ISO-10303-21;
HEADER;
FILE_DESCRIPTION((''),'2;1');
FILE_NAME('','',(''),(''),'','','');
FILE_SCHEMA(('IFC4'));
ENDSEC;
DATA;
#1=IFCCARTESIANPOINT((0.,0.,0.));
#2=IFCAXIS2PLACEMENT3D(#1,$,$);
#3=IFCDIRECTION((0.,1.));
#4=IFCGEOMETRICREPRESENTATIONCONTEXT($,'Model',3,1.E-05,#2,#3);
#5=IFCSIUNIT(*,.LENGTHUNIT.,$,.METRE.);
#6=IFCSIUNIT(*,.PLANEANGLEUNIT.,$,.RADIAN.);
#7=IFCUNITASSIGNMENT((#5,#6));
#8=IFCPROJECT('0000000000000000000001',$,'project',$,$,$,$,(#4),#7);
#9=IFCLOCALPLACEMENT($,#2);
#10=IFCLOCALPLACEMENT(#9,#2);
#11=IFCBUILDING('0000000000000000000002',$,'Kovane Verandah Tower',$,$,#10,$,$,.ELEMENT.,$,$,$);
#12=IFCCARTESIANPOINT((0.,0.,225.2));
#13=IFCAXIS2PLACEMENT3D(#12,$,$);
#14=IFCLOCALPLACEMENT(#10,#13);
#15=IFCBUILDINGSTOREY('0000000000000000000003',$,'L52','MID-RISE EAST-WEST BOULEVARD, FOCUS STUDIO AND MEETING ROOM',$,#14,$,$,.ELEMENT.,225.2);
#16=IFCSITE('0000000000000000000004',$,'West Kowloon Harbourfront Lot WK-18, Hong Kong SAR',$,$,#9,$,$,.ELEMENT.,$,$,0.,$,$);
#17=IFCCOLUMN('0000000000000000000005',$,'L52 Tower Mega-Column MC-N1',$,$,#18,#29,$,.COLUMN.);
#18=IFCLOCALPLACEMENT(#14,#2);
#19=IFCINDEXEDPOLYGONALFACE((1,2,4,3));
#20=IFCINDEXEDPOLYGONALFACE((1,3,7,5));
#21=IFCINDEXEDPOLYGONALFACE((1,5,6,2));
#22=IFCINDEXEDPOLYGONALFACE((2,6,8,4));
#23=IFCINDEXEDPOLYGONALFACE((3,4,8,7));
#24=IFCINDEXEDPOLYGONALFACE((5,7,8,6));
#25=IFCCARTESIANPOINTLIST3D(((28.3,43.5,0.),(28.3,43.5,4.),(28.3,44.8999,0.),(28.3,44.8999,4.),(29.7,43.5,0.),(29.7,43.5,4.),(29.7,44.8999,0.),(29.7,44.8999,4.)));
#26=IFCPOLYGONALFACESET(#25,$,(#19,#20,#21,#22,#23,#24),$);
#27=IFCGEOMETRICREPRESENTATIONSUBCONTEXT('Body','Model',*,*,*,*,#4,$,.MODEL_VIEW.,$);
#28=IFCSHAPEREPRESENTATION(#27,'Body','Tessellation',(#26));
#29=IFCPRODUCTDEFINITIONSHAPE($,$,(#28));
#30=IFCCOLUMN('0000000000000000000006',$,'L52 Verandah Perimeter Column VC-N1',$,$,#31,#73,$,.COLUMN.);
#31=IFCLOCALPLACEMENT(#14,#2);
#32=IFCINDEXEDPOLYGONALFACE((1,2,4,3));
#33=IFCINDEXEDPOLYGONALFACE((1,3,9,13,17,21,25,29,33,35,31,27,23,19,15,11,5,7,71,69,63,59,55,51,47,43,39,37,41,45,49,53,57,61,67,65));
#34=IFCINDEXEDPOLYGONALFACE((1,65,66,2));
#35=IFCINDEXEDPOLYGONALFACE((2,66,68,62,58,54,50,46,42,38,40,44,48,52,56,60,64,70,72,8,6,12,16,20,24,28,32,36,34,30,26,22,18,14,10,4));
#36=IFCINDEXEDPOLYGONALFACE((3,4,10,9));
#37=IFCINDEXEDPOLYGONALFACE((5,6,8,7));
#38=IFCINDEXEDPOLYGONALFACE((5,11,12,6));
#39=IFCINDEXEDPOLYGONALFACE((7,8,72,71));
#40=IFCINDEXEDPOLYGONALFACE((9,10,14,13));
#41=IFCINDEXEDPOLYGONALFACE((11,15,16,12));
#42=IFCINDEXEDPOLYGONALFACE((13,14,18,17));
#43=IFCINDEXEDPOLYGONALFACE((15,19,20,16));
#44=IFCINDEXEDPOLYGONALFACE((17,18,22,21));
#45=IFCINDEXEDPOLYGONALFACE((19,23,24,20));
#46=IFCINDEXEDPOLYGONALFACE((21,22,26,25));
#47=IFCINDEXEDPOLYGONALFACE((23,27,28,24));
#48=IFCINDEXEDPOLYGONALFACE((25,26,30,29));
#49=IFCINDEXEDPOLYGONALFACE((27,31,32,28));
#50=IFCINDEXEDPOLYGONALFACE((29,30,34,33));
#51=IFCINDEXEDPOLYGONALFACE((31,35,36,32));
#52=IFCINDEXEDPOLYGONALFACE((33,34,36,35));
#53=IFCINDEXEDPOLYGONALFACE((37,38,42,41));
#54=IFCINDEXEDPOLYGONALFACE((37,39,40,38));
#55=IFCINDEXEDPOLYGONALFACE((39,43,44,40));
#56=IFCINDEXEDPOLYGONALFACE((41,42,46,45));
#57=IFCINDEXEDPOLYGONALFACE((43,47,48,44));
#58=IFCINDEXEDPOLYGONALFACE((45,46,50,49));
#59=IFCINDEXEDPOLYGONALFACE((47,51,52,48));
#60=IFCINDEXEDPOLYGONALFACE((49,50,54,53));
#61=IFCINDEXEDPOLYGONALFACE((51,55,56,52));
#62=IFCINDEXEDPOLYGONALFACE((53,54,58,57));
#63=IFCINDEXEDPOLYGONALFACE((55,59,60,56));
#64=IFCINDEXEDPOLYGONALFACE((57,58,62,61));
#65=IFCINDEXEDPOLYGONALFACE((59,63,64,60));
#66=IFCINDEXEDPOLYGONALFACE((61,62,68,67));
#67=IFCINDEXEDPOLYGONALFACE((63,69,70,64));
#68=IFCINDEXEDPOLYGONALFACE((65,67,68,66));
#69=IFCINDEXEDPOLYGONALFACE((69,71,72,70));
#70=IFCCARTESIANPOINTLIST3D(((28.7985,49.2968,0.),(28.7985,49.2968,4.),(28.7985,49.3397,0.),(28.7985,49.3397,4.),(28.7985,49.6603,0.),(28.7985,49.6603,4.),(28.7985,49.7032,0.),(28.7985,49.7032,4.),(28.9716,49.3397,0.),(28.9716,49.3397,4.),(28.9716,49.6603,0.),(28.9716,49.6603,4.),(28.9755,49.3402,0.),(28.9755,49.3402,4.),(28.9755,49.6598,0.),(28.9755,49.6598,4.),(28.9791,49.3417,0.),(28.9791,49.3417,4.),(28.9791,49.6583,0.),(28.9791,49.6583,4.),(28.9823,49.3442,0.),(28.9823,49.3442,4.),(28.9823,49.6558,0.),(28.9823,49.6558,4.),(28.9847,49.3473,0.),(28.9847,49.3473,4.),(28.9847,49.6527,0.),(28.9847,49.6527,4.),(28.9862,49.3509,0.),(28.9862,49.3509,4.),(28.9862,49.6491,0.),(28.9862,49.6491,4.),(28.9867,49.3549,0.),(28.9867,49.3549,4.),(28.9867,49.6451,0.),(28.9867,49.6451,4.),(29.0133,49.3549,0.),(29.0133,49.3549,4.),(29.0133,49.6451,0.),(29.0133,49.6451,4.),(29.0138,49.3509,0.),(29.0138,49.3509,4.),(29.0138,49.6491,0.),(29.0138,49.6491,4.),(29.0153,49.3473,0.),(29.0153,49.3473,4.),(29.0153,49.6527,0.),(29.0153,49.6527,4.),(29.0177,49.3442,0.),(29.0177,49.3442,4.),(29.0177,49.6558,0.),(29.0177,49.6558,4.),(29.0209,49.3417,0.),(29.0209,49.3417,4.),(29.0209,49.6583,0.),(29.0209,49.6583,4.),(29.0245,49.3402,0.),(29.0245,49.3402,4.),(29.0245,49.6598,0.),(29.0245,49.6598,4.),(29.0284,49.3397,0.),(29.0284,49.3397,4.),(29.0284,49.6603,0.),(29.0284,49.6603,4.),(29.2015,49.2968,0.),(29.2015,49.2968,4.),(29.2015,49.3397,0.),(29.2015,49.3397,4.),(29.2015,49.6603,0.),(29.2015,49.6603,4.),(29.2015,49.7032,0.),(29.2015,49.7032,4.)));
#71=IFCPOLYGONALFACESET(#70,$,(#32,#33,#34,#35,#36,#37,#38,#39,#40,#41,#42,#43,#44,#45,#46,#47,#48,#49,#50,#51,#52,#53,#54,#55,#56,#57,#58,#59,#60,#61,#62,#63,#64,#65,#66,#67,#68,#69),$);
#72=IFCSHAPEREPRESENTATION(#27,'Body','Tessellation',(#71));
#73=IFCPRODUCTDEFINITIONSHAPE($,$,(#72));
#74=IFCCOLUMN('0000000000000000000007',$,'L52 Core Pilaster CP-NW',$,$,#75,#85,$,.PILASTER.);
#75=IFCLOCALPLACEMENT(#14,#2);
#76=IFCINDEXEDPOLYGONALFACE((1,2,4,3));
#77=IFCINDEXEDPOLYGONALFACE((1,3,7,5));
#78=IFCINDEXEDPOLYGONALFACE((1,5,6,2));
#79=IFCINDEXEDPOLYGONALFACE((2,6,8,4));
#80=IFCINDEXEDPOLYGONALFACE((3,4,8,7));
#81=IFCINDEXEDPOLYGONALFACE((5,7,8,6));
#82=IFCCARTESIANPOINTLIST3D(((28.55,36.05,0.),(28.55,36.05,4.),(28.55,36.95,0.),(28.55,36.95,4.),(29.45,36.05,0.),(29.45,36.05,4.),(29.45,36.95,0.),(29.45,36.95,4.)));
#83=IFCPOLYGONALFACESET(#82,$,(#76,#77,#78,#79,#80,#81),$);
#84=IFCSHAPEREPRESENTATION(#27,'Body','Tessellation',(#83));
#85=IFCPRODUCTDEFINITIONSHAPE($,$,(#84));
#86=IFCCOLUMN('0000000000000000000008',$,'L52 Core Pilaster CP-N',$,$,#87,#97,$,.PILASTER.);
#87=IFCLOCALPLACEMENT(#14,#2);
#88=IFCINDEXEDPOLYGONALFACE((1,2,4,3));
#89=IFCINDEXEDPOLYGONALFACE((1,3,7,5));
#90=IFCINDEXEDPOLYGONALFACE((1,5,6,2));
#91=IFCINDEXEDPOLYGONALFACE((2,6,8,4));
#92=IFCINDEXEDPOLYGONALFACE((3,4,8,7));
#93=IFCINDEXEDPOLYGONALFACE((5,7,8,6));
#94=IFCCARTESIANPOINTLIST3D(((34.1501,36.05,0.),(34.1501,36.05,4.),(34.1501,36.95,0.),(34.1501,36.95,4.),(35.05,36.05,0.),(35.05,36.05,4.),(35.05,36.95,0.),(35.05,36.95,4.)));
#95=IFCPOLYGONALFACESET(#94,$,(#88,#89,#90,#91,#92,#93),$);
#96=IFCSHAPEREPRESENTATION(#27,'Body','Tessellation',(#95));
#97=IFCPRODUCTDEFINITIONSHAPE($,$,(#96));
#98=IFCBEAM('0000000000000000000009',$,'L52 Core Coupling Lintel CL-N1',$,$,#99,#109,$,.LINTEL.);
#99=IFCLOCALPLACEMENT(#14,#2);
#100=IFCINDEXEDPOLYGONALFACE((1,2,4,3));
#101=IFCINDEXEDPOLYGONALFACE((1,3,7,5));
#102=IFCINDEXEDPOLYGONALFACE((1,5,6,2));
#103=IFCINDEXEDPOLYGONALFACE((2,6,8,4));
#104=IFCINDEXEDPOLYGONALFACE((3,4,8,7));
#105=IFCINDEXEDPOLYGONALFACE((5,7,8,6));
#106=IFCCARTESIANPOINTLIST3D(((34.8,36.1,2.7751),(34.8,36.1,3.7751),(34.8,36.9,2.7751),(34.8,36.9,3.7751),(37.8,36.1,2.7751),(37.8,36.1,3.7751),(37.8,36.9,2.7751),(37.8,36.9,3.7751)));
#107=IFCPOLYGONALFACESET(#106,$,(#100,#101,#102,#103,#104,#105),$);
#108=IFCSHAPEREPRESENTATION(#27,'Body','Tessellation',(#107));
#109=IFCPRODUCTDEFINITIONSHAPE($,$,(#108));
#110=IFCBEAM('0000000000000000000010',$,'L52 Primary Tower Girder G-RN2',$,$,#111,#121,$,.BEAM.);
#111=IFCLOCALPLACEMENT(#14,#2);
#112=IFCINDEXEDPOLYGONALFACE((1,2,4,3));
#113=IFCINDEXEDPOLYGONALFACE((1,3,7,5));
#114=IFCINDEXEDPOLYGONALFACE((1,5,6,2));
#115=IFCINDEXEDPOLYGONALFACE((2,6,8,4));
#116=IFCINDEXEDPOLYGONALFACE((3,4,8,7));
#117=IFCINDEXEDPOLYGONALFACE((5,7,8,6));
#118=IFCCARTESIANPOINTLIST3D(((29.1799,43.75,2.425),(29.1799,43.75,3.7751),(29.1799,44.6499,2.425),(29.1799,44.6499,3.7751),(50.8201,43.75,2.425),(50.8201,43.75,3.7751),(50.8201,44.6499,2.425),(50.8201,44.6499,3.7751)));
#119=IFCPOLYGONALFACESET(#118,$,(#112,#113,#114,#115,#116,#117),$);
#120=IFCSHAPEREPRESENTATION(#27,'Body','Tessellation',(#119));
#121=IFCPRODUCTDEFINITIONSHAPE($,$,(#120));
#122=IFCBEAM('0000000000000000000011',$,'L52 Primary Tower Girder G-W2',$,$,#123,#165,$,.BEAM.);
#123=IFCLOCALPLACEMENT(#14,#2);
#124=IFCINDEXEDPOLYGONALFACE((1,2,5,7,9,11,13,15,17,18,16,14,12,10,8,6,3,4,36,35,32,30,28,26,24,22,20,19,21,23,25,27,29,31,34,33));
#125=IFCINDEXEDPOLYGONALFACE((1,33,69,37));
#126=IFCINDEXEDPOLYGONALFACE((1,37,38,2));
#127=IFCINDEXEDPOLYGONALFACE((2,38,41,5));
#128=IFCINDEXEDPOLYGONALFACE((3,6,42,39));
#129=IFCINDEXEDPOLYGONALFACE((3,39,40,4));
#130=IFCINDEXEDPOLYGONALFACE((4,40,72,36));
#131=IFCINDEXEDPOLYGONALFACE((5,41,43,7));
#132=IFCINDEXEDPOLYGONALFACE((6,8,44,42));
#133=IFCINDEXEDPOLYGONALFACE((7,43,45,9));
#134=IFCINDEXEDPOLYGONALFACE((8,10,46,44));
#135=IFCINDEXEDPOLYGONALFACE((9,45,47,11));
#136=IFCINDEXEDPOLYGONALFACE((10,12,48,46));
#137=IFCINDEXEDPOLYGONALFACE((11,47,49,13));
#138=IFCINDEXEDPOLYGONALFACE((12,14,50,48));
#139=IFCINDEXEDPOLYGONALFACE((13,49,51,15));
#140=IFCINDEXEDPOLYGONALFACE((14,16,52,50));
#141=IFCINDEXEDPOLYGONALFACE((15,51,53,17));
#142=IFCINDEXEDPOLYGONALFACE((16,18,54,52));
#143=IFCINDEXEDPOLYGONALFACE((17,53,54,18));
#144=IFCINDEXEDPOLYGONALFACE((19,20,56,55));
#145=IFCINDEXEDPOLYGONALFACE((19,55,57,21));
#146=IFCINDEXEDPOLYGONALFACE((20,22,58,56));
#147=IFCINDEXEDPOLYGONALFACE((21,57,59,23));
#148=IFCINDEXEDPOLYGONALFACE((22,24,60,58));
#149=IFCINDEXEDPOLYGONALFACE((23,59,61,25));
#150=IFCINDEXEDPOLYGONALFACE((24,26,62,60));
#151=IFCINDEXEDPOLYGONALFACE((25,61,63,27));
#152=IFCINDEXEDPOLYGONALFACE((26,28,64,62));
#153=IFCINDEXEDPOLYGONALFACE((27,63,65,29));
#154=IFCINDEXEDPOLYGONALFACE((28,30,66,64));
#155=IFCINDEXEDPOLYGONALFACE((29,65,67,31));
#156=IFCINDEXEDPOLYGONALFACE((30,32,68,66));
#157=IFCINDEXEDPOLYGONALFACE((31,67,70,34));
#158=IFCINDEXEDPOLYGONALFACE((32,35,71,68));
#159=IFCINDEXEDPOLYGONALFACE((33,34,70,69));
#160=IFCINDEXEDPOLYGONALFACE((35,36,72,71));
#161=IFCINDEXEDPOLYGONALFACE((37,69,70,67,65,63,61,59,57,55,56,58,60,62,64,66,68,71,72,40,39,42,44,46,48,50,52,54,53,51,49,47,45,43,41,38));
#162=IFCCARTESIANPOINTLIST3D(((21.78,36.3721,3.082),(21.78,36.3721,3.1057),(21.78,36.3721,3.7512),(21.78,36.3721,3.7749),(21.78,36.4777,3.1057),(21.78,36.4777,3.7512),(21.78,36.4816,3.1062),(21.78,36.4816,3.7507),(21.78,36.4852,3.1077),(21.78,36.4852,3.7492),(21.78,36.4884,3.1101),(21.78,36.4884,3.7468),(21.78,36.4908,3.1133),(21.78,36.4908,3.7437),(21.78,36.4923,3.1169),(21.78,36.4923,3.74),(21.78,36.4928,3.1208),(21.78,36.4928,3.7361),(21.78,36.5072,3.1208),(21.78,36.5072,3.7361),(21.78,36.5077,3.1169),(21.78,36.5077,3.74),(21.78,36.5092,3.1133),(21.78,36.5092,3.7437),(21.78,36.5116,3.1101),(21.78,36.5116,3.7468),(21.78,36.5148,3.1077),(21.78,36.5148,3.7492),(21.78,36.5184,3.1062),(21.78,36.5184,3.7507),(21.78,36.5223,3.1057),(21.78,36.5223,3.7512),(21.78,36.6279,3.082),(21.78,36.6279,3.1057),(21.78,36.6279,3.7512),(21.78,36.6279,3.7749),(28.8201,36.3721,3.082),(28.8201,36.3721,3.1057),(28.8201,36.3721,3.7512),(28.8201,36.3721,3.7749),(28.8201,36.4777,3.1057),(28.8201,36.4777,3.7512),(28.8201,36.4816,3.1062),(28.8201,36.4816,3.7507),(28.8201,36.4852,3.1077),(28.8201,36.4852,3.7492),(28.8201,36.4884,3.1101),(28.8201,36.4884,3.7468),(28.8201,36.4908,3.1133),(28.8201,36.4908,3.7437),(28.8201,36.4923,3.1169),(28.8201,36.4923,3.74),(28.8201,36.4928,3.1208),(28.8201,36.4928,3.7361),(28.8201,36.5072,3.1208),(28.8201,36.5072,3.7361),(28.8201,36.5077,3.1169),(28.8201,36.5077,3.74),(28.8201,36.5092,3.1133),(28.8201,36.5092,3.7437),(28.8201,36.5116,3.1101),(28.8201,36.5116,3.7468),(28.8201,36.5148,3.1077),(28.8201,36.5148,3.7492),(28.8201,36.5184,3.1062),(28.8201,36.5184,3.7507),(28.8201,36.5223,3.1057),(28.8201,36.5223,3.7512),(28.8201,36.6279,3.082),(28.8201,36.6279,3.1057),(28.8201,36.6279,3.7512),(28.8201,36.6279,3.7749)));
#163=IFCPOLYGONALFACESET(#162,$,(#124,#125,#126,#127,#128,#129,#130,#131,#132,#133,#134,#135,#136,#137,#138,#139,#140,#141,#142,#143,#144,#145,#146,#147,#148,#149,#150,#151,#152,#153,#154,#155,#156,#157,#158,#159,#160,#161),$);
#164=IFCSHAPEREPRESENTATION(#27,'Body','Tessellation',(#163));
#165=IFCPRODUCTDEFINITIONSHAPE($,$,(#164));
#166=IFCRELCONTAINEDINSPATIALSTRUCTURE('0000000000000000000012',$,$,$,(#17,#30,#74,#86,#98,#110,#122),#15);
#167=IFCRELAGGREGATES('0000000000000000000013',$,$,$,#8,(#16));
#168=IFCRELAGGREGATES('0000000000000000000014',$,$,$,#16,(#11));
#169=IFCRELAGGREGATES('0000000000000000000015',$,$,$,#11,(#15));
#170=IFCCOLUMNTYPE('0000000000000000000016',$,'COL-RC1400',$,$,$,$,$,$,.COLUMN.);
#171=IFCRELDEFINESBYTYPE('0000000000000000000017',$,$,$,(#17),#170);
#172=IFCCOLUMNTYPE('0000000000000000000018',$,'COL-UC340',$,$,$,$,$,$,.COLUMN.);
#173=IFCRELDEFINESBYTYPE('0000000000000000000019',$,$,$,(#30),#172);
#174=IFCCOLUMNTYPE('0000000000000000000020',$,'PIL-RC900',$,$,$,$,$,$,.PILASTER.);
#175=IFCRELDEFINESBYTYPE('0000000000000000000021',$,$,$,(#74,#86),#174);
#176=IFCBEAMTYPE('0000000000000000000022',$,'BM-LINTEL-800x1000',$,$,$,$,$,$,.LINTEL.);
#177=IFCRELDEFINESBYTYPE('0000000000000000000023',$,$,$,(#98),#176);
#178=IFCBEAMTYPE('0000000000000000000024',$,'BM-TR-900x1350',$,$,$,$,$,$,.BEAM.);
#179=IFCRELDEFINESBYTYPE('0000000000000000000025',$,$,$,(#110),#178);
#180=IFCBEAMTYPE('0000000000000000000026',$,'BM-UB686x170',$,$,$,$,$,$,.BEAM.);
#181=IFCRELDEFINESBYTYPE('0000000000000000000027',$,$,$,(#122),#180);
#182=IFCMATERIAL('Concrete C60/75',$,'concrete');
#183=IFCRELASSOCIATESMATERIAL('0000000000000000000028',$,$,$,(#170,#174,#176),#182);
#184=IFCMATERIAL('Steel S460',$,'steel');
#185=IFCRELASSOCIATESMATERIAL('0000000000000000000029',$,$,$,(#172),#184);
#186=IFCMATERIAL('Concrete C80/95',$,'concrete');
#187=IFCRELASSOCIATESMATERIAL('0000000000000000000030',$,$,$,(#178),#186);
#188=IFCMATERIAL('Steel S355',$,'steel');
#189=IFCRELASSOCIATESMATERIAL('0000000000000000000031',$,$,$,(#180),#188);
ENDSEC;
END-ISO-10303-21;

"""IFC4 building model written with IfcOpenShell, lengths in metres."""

from ifc_helpers import new_model, si_unit, direction, frame, origin, origin_2d, place, context, subcontext, project, spatial, rectangle, i_section, extrude, material, material_profile, profile_set, type_object, element, save


model = new_model("IFC4")

# Units and contexts
model_context = context("Model", 3, precision=1e-05, world=origin(), true_north=direction((0.0, 1.0)))
body_context = subcontext(model_context, "Body", "Model", "MODEL_VIEW")
ifc_project = project(units=[si_unit("LENGTHUNIT", "METRE"), si_unit("PLANEANGLEUNIT", "RADIAN")], contexts=[model_context])

# Site, building, storey
site_placement = place(None, origin())
site = spatial("IfcSite", under=ifc_project, at=site_placement, Name="West Kowloon Harbourfront Lot WK-18, Hong Kong SAR", CompositionType="ELEMENT", RefElevation=0.0)
building_placement = place(site_placement, origin())
building = spatial("IfcBuilding", under=site, at=building_placement, Name="Kovane Verandah Tower", CompositionType="ELEMENT")
storey_placement = place(building_placement, frame((0.0, 0.0, 225.2)))
storey = spatial("IfcBuildingStorey", under=building, at=storey_placement, Name="L52", Description="MID-RISE EAST-WEST BOULEVARD, FOCUS STUDIO AND MEETING ROOM", CompositionType="ELEMENT", Elevation=225.2)

# Columns
ifc_material_1 = material(Name="Concrete C60/75", Category="concrete")
ifc_material_profile_1 = material_profile(ifc_material_1, rectangle(XDim=1.3999, YDim=1.3999, at=origin_2d()), Name="RC1400x1400")
ifc_profile_set_1 = profile_set([ifc_material_profile_1], Name="Concrete C60/75")
column_type_1 = type_object("IfcColumnType", Name="COL-RC1400", PredefinedType="COLUMN", material=ifc_profile_set_1)
column_1_placement = place(storey_placement, frame((29.0, 44.2, 0.0), z_axis=(0.0, 0.0, 1.0), x_axis=(1.0, 0.0, 0.0)))
element("IfcColumn", 1, at=column_1_placement, inside=storey, type_object=column_type_1, Name="L52 Tower Mega-Column MC-N1", PredefinedType="COLUMN", context=body_context, shape_type="SweptSolid", body=[
    extrude(rectangle(XDim=1.3999, YDim=1.3999, at=origin_2d()), origin(), (0.0, 0.0, 1.0), 4.0),
])
ifc_material_2 = material(Name="Steel S460", Category="steel")
ifc_material_profile_2 = material_profile(ifc_material_2, i_section(OverallWidth=0.4031, OverallDepth=0.4065, WebThickness=0.0266, FlangeThickness=0.043, FilletRadius=0.0151, at=origin_2d()), Name="UC356x406x340")
ifc_profile_set_2 = profile_set([ifc_material_profile_2], Name="Steel S460")
column_type_2 = type_object("IfcColumnType", Name="COL-UC340", PredefinedType="COLUMN", material=ifc_profile_set_2)
column_2_placement = place(storey_placement, frame((29.0, 49.5, 0.0), z_axis=(0.0, 0.0, 1.0), x_axis=(1.0, 0.0, 0.0)))
element("IfcColumn", 2, at=column_2_placement, inside=storey, type_object=column_type_2, Name="L52 Verandah Perimeter Column VC-N1", PredefinedType="COLUMN", context=body_context, shape_type="SweptSolid", body=[
    extrude(i_section(OverallWidth=0.4031, OverallDepth=0.4065, WebThickness=0.0266, FlangeThickness=0.043, FilletRadius=0.0151, at=origin_2d()), origin(), (0.0, 0.0, 1.0), 4.0),
])
ifc_material_profile_3 = material_profile(ifc_material_1, rectangle(XDim=0.8999, YDim=0.8999, at=origin_2d()), Name="RC900x900")
ifc_profile_set_3 = profile_set([ifc_material_profile_3], Name="Concrete C60/75")
column_type_3 = type_object("IfcColumnType", Name="PIL-RC900", PredefinedType="PILASTER", material=ifc_profile_set_3)
for number, where, z_axis, x_axis, name in (
    (3, (29.0, 36.5, 0.0), (0.0, 0.0, 1.0), (1.0, 0.0, 0.0), "L52 Core Pilaster CP-NW"),
    (4, (34.6001, 36.5, 0.0), (0.0, 0.0, 1.0), (1.0, 0.0, 0.0), "L52 Core Pilaster CP-N"),
):
    element("IfcColumn", number, at=place(storey_placement, frame(where, z_axis=z_axis, x_axis=x_axis)), inside=storey, type_object=column_type_3, Name=name, PredefinedType="PILASTER", context=body_context, shape_type="SweptSolid", body=[
        extrude(rectangle(XDim=0.8999, YDim=0.8999, at=origin_2d()), origin(), (0.0, 0.0, 1.0), 4.0),
    ])

# Beams
ifc_material_profile_4 = material_profile(ifc_material_1, rectangle(XDim=0.8, YDim=1.0, at=origin_2d()), Name="RCB800x1000")
ifc_profile_set_4 = profile_set([ifc_material_profile_4], Name="Concrete C60/75")
beam_type_1 = type_object("IfcBeamType", Name="BM-LINTEL-800x1000", PredefinedType="LINTEL", material=ifc_profile_set_4)
beam_1_placement = place(storey_placement, frame((34.8, 36.5, 3.2751), z_axis=(1.0, 0.0, 0.0), x_axis=(0.0, 1.0, 0.0)))
element("IfcBeam", 5, at=beam_1_placement, inside=storey, type_object=beam_type_1, Name="L52 Core Coupling Lintel CL-N1", PredefinedType="LINTEL", context=body_context, shape_type="SweptSolid", body=[
    extrude(rectangle(XDim=0.8, YDim=1.0, at=origin_2d()), origin(), (0.0, 0.0, 1.0), 3.0),
])
ifc_material_3 = material(Name="Concrete C80/95", Category="concrete")
ifc_material_profile_5 = material_profile(ifc_material_3, rectangle(XDim=0.8999, YDim=1.3501, at=origin_2d()), Name="RCB900x1350")
ifc_profile_set_5 = profile_set([ifc_material_profile_5], Name="Concrete C80/95")
beam_type_2 = type_object("IfcBeamType", Name="BM-TR-900x1350", PredefinedType="BEAM", material=ifc_profile_set_5)
beam_2_placement = place(storey_placement, frame((29.1799, 44.2, 3.1001), z_axis=(1.0, 0.0, 0.0), x_axis=(0.0, 1.0, 0.0)))
element("IfcBeam", 6, at=beam_2_placement, inside=storey, type_object=beam_type_2, Name="L52 Primary Tower Girder G-RN2", PredefinedType="BEAM", context=body_context, shape_type="SweptSolid", body=[
    extrude(rectangle(XDim=0.8999, YDim=1.3501, at=origin_2d()), origin(), (0.0, 0.0, 1.0), 21.6401),
])
ifc_material_4 = material(Name="Steel S355", Category="steel")
ifc_material_profile_6 = material_profile(ifc_material_4, i_section(OverallWidth=0.2559, OverallDepth=0.6929, WebThickness=0.0144, FlangeThickness=0.0237, FilletRadius=0.0151, at=origin_2d()), Name="UB686x254x170")
ifc_profile_set_6 = profile_set([ifc_material_profile_6], Name="Steel S355")
beam_type_3 = type_object("IfcBeamType", Name="BM-UB686x170", PredefinedType="BEAM", material=ifc_profile_set_6)
beam_3_placement = place(storey_placement, frame((28.8201, 36.5, 3.4285), z_axis=(-1.0, 0.0, 0.0), x_axis=(0.0, -1.0, 0.0)))
element("IfcBeam", 7, at=beam_3_placement, inside=storey, type_object=beam_type_3, Name="L52 Primary Tower Girder G-W2", PredefinedType="BEAM", context=body_context, shape_type="SweptSolid", body=[
    extrude(i_section(OverallWidth=0.2559, OverallDepth=0.6929, WebThickness=0.0144, FlangeThickness=0.0237, FilletRadius=0.0151, at=origin_2d()), origin(), (0.0, 0.0, 1.0), 7.04),
])

save(model, "model.ifc")
